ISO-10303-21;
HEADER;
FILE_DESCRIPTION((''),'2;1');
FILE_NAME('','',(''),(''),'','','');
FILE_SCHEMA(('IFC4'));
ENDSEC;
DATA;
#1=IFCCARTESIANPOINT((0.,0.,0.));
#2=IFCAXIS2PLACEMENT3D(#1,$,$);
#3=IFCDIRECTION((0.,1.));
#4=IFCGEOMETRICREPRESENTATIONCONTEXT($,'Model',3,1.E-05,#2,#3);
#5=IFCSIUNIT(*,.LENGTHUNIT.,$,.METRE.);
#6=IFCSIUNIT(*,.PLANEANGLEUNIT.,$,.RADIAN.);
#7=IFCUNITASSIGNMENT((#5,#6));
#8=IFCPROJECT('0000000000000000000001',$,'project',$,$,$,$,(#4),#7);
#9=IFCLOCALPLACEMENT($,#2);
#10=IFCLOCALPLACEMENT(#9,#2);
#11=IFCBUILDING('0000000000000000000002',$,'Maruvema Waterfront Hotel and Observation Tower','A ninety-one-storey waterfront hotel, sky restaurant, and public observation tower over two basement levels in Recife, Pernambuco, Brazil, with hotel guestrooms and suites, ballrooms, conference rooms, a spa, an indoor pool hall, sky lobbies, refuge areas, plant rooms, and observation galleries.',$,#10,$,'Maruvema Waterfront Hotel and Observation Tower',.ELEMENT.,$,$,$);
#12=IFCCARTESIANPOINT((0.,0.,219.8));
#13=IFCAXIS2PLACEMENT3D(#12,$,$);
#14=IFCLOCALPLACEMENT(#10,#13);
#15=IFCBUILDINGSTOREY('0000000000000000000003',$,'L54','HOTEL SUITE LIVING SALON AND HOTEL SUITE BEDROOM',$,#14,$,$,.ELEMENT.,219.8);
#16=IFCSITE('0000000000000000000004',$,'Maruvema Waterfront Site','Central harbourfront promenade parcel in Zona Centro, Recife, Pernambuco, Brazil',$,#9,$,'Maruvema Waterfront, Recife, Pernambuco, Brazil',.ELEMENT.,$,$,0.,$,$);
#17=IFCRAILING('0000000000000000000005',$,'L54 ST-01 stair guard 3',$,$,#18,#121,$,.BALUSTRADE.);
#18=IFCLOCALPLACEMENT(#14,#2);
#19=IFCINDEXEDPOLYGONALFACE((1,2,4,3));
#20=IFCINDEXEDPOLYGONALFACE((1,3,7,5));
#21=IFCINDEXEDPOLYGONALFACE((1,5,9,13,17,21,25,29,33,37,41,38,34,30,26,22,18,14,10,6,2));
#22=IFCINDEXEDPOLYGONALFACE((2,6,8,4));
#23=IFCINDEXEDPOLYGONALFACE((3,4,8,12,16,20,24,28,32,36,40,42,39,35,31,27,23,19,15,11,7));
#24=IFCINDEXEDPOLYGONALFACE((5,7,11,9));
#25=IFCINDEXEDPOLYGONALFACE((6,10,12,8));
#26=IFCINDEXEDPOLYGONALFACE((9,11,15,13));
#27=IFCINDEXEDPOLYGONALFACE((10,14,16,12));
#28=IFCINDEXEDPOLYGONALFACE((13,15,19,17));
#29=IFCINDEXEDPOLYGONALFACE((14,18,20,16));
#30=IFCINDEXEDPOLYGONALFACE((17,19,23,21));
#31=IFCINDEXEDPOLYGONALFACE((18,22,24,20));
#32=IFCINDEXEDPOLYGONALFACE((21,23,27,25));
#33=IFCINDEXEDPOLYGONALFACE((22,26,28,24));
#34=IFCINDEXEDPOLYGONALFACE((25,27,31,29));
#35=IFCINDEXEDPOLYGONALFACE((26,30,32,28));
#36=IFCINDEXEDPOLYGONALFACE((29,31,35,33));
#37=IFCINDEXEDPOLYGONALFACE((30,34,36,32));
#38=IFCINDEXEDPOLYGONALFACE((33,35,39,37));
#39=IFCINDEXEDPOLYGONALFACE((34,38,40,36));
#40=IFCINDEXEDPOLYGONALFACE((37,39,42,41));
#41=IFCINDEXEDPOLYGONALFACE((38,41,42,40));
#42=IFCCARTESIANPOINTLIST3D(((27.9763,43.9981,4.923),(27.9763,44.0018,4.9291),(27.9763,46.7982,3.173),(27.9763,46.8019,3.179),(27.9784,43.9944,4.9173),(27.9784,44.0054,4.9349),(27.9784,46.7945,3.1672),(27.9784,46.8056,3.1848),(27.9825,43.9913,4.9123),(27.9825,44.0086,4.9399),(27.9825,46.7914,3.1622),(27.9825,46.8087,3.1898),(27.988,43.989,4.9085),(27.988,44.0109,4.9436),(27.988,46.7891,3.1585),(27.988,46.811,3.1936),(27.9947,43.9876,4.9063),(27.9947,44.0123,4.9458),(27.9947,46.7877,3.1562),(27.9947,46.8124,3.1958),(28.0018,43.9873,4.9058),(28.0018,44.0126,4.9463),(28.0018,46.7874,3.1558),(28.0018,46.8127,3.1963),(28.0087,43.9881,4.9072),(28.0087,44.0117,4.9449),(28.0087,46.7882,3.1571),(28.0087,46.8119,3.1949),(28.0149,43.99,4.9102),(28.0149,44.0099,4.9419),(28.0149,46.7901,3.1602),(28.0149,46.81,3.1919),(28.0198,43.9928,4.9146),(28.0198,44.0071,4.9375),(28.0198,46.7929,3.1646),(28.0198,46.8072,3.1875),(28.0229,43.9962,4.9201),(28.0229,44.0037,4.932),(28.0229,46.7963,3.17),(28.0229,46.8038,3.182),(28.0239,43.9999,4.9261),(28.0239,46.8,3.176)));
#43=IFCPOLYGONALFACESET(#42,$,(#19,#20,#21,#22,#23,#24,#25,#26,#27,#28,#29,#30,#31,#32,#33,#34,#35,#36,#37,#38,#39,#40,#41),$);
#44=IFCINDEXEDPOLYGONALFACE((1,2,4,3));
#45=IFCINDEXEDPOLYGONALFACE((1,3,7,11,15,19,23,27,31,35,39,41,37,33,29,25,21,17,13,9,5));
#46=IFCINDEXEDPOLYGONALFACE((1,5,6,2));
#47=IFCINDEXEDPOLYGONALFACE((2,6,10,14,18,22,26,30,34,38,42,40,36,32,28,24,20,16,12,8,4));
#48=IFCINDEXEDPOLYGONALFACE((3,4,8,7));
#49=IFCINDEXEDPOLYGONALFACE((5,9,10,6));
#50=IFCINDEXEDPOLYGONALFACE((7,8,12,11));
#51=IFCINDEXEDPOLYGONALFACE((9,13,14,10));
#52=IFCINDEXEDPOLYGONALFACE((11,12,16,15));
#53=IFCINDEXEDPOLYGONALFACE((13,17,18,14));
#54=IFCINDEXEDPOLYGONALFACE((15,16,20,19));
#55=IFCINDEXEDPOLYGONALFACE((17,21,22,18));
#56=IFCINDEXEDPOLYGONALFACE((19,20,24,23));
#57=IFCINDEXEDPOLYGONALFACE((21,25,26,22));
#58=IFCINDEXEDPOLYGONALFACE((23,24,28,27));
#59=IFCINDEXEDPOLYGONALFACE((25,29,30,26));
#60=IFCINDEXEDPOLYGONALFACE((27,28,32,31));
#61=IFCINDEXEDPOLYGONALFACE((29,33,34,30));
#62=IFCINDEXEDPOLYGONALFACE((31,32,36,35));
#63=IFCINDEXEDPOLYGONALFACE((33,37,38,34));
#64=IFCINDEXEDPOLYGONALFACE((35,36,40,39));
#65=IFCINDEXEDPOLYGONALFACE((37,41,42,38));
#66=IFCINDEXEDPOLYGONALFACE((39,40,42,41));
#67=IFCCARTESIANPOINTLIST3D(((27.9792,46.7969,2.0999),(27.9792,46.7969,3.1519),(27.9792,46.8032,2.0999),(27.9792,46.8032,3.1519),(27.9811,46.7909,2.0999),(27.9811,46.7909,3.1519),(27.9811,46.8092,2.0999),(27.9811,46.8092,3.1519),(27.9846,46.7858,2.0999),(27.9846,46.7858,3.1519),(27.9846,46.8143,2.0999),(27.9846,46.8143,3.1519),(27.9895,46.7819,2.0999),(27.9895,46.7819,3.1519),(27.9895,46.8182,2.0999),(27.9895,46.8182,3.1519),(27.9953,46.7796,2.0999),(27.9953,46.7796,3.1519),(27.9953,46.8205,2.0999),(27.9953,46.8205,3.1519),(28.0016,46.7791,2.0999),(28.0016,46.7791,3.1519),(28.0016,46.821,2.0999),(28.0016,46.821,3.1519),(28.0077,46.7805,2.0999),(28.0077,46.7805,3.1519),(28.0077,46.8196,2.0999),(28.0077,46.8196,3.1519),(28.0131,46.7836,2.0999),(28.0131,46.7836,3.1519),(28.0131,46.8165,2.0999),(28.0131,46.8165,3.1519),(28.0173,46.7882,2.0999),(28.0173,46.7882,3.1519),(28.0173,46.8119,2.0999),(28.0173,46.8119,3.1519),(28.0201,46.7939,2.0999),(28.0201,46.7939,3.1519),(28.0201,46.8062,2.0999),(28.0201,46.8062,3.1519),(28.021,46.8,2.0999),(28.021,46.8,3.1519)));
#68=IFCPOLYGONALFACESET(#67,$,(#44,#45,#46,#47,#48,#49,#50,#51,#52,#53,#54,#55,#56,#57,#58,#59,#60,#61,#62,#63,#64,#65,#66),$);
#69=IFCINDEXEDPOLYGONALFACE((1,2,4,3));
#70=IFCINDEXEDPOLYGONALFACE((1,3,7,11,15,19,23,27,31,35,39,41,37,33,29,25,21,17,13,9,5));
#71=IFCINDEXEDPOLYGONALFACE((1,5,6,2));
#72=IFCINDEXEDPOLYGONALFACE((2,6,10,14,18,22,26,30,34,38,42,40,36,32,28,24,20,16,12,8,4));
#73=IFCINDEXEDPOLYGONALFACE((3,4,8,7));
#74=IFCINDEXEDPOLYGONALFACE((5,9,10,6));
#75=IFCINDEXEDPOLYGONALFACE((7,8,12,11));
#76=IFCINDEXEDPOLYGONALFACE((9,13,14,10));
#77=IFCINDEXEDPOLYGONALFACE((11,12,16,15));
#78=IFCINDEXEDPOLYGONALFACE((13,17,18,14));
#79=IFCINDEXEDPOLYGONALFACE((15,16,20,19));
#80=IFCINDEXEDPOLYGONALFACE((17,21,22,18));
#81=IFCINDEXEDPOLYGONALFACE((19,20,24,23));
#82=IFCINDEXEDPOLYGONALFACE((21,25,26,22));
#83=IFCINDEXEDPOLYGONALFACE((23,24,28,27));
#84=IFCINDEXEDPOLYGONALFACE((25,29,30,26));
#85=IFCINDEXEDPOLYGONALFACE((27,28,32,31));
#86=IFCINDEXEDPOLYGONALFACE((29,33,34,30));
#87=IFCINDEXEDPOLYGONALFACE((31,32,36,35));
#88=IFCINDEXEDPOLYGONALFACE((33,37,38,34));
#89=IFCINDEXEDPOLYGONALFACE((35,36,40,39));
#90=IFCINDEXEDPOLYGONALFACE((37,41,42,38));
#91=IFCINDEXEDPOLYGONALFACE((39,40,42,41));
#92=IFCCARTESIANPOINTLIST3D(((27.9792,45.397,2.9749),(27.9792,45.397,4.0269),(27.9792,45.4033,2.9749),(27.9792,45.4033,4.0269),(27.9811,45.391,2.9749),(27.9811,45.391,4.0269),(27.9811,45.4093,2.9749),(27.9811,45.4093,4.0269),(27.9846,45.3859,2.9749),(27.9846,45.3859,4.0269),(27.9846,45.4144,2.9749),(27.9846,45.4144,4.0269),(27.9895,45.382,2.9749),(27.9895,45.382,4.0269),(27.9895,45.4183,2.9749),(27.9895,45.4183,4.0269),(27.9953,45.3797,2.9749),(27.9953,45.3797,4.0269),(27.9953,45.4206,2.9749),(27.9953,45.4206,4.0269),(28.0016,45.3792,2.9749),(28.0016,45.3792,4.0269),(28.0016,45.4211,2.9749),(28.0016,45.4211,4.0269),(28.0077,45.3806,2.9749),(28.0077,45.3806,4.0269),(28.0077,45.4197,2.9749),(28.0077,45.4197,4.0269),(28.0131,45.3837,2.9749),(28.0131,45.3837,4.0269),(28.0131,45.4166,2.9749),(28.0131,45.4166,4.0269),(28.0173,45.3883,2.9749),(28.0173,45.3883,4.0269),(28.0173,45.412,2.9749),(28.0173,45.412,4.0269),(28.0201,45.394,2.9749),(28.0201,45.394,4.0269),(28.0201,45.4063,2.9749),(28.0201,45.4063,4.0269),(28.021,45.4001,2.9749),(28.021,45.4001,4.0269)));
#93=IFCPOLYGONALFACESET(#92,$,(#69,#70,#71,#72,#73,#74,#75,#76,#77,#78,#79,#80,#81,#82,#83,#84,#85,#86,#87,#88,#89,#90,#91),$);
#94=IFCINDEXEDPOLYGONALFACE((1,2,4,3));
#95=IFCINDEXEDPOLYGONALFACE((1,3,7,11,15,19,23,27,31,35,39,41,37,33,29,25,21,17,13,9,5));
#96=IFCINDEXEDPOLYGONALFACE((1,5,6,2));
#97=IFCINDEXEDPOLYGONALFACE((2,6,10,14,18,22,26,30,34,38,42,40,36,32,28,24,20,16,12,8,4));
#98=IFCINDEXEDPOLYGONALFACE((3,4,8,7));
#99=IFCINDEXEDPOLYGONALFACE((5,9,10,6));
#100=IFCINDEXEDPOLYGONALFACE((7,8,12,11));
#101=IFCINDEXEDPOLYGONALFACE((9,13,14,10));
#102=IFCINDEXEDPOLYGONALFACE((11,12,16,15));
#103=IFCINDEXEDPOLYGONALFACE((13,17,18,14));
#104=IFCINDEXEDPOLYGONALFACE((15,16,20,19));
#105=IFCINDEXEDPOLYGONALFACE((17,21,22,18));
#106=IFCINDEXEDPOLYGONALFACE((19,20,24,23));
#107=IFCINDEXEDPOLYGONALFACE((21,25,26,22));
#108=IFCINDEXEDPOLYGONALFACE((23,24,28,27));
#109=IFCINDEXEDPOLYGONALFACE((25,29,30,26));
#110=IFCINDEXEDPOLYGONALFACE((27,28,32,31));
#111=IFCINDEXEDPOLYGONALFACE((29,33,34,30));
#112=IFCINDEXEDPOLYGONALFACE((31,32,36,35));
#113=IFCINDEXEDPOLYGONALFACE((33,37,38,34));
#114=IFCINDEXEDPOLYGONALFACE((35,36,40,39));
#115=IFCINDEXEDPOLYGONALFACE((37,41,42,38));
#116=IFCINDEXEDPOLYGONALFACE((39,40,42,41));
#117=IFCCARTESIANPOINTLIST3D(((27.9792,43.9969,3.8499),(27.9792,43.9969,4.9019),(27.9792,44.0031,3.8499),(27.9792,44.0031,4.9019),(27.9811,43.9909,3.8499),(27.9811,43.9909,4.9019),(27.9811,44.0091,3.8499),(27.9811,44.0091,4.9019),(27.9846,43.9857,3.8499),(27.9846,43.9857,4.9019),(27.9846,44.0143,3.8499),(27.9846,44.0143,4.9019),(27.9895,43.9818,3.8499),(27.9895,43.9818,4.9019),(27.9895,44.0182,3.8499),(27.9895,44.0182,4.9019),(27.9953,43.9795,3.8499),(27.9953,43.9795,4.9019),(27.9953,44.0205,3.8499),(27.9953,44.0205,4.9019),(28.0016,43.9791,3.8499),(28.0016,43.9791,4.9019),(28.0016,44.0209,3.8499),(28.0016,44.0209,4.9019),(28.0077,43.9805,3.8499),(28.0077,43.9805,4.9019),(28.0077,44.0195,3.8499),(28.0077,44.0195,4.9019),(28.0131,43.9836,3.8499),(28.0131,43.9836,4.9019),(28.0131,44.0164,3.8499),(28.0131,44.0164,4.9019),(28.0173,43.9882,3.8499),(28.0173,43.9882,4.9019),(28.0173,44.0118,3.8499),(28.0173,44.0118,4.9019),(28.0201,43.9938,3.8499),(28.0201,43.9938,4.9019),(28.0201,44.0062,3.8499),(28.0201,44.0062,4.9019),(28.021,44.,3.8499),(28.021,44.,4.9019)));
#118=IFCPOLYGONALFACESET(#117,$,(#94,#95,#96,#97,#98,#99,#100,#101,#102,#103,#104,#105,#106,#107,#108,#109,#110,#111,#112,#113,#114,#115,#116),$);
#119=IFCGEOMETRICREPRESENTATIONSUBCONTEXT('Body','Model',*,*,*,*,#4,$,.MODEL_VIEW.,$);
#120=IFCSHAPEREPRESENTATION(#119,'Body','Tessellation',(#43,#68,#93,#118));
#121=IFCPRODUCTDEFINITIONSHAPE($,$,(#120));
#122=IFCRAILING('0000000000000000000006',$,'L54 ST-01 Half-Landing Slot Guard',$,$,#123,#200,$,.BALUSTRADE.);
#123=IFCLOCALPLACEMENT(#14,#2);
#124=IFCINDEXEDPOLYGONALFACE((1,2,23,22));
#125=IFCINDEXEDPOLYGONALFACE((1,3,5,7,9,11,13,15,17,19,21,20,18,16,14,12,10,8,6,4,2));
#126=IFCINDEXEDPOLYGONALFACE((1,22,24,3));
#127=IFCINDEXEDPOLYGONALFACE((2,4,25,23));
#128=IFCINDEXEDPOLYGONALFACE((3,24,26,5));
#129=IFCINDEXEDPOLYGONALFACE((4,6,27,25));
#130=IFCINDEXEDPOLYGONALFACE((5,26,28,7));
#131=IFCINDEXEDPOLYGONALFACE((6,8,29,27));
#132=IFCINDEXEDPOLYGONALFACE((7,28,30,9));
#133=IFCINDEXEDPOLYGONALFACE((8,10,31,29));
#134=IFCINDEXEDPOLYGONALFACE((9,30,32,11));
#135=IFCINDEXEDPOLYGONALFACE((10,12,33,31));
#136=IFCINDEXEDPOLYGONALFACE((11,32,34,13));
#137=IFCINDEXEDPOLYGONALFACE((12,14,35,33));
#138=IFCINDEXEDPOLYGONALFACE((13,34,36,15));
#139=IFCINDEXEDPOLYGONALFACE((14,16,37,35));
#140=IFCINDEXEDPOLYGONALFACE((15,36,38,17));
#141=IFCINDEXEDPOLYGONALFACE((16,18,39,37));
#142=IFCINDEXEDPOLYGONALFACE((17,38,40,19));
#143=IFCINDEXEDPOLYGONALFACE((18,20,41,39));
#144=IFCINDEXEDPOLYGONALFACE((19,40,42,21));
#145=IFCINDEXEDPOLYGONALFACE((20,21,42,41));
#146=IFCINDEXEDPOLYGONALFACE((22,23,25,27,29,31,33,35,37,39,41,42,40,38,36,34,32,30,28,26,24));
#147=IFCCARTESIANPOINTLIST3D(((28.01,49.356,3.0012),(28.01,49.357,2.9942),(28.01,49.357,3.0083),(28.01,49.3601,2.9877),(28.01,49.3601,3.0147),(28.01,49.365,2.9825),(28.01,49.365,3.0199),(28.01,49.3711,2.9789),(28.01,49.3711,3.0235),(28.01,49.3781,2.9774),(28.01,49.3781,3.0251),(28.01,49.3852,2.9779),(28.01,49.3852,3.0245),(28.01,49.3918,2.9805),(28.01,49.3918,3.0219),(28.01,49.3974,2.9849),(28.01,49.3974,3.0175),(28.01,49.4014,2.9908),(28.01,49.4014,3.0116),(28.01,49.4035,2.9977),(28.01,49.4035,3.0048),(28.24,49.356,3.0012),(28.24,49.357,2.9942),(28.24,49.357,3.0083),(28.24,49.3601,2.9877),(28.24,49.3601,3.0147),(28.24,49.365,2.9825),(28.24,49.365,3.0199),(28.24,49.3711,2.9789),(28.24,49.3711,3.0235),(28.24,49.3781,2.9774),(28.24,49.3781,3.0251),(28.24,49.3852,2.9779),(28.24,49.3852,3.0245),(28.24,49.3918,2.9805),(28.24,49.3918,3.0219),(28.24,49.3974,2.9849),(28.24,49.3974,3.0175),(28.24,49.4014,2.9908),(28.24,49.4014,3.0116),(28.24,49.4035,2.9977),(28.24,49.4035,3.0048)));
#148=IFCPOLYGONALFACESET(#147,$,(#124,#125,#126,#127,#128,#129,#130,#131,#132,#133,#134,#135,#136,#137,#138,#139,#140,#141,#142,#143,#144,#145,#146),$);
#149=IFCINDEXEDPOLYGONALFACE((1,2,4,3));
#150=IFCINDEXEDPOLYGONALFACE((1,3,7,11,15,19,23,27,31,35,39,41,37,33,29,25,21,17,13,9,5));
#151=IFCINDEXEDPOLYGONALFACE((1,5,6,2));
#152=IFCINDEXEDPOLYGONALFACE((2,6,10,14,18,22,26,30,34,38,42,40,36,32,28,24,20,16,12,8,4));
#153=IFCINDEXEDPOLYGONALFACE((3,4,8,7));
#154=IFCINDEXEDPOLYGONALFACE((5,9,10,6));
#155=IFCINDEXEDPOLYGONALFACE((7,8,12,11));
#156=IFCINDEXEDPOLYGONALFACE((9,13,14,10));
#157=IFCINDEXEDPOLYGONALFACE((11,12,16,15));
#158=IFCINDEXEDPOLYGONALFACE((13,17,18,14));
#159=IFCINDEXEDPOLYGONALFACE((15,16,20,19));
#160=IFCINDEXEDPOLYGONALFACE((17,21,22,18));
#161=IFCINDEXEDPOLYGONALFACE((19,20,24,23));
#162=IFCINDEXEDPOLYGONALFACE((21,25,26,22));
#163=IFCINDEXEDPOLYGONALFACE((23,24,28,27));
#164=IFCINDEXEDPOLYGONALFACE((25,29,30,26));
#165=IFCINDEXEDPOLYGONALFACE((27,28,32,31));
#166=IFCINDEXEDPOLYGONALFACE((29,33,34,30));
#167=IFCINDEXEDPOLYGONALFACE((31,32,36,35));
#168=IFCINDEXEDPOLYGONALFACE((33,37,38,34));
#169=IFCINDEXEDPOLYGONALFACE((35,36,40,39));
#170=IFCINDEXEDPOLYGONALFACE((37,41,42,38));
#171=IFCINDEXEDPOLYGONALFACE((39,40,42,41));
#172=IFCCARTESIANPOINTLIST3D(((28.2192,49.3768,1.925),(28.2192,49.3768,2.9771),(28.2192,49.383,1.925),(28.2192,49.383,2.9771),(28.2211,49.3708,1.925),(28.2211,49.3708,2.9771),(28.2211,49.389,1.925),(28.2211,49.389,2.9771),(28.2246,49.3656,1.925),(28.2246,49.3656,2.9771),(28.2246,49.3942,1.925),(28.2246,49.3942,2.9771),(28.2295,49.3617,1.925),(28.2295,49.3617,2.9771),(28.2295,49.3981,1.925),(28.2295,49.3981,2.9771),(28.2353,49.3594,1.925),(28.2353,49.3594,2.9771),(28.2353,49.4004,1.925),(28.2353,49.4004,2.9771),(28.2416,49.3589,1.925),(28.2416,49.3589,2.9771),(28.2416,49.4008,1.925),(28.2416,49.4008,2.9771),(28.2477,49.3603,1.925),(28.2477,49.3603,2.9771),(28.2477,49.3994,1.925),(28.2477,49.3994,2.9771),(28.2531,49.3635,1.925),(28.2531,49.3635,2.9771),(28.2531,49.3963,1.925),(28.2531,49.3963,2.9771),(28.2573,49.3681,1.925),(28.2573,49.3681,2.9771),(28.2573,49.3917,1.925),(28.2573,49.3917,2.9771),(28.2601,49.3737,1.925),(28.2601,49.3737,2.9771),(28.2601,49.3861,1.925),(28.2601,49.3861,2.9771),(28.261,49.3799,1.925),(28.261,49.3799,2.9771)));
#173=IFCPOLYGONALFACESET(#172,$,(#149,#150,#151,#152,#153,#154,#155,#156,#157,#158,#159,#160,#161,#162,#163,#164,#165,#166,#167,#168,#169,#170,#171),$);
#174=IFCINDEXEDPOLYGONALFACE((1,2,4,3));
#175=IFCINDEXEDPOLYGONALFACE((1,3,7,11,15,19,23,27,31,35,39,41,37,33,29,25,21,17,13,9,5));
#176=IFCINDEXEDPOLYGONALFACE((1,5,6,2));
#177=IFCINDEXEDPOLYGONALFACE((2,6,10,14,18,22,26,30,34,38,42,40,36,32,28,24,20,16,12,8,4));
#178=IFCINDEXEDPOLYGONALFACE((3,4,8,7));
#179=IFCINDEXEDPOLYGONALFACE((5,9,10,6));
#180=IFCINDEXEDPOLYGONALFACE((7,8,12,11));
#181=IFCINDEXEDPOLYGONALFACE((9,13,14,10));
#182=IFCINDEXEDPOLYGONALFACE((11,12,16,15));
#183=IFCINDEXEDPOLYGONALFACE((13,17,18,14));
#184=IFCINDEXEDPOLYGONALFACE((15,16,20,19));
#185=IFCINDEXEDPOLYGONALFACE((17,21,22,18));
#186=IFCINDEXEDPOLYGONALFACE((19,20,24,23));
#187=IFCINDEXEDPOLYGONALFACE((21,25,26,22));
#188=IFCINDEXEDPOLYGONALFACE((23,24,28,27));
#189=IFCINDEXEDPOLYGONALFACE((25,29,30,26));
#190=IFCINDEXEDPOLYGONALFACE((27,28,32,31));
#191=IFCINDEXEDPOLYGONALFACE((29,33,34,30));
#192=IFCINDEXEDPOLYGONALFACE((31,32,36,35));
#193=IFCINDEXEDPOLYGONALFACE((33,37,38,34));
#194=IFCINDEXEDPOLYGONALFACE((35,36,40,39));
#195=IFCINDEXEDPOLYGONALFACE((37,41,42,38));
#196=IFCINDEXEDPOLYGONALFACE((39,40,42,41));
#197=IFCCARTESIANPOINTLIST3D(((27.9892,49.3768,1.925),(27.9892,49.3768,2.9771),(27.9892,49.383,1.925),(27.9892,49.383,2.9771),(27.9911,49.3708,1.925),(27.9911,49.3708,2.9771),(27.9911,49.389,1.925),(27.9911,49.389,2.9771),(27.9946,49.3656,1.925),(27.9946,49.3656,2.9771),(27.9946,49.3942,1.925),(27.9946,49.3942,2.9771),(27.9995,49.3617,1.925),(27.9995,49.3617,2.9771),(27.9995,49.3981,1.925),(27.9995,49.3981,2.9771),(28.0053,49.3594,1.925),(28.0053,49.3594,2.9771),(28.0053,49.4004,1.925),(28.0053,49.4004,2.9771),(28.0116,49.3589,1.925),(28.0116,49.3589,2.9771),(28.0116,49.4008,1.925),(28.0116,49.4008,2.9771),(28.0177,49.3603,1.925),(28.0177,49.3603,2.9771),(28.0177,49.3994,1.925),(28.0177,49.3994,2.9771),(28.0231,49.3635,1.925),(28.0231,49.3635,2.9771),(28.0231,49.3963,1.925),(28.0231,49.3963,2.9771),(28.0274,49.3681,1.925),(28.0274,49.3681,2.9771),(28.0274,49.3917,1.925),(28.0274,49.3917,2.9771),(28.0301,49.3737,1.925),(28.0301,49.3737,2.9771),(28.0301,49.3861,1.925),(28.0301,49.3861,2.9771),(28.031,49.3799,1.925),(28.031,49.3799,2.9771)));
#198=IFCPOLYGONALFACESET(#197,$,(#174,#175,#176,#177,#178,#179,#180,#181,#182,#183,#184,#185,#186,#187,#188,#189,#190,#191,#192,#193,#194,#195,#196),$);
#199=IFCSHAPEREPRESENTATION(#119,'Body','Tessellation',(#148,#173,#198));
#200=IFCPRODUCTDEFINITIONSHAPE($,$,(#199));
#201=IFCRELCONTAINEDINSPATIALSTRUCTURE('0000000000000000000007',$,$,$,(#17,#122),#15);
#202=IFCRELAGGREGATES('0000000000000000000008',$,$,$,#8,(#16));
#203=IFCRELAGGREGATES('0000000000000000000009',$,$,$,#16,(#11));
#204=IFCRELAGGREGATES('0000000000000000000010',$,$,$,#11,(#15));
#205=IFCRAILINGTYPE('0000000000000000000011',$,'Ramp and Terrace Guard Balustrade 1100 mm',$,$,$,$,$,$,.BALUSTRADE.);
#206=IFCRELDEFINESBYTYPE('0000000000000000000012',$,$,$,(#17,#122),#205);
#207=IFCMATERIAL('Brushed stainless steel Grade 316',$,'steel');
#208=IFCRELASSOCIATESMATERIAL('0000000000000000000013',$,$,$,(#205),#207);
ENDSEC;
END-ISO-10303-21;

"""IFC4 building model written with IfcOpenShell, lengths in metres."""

from ifc_helpers import new_model, si_unit, direction, frame, origin, origin_2d, place, context, subcontext, project, spatial, circle, extrude, material, type_object, element, save


model = new_model("IFC4")

# Units and contexts
model_context = context("Model", 3, precision=1e-05, world=origin(), true_north=direction((0.0, 1.0)))
body_context = subcontext(model_context, "Body", "Model", "MODEL_VIEW")
ifc_project = project(units=[si_unit("LENGTHUNIT", "METRE"), si_unit("PLANEANGLEUNIT", "RADIAN")], contexts=[model_context])

# Site, building, storey
site_placement = place(None, origin())
site = spatial("IfcSite", under=ifc_project, at=site_placement, Name="Maruvema Waterfront Site", Description="Central harbourfront promenade parcel in Zona Centro, Recife, Pernambuco, Brazil", LongName="Maruvema Waterfront, Recife, Pernambuco, Brazil", CompositionType="ELEMENT", RefElevation=0.0)
building_placement = place(site_placement, origin())
building = spatial("IfcBuilding", under=site, at=building_placement, Name="Maruvema Waterfront Hotel and Observation Tower", Description="A ninety-one-storey waterfront hotel, sky restaurant, and public observation tower over two basement levels in Recife, Pernambuco, Brazil, with hotel guestrooms and suites, ballrooms, conference rooms, a spa, an indoor pool hall, sky lobbies, refuge areas, plant rooms, and observation galleries.", LongName="Maruvema Waterfront Hotel and Observation Tower", CompositionType="ELEMENT")
storey_placement = place(building_placement, frame((0.0, 0.0, 219.8)))
storey = spatial("IfcBuildingStorey", under=building, at=storey_placement, Name="L54", Description="HOTEL SUITE LIVING SALON AND HOTEL SUITE BEDROOM", CompositionType="ELEMENT", Elevation=219.8)

# Railings
ifc_material_1 = material(Name="Brushed stainless steel Grade 316", Category="steel")
railing_type_1 = type_object("IfcRailingType", Name="Ramp and Terrace Guard Balustrade 1100 mm", PredefinedType="BALUSTRADE", material=ifc_material_1)
railing_1_placement = place(storey_placement, frame((28.0, 46.8, 2.0999)))
element("IfcRailing", 1, at=railing_1_placement, inside=storey, type_object=railing_type_1, Name="L54 ST-01 stair guard 3", PredefinedType="BALUSTRADE", context=body_context, shape_type="SweptSolid", body=[
    extrude(circle(Radius=0.0239, at=origin_2d()), frame((0.0, 0.0, 1.0762), z_axis=(0.0, -0.848002, 0.529992), x_axis=(1.0, 0.0, 0.0)), (0.0, 0.0, 1.0), 3.302),
    extrude(circle(Radius=0.021, at=origin_2d()), origin(), (0.0, 0.0, 1.0), 1.052),
    extrude(circle(Radius=0.021, at=origin_2d()), frame((0.0, -1.3999, 0.875)), (0.0, 0.0, 1.0), 1.052),
    extrude(circle(Radius=0.021, at=origin_2d()), frame((0.0, -2.8, 1.75)), (0.0, 0.0, 1.0), 1.052),
])
railing_2_placement = place(storey_placement, frame((28.24, 49.3799, 1.925)))
element("IfcRailing", 2, at=railing_2_placement, inside=storey, type_object=railing_type_1, Name="L54 ST-01 Half-Landing Slot Guard", PredefinedType="BALUSTRADE", context=body_context, shape_type="SweptSolid", body=[
    extrude(circle(Radius=0.0239, at=origin_2d()), frame((0.0, 0.0, 1.0762), z_axis=(-1.0, 0.0, 0.0), x_axis=(0.0, -1.0, 0.0)), (0.0, 0.0, 1.0), 0.23),
    extrude(circle(Radius=0.021, at=origin_2d()), origin(), (0.0, 0.0, 1.0), 1.052),
    extrude(circle(Radius=0.021, at=origin_2d()), frame((-0.23, 0.0, 0.0)), (0.0, 0.0, 1.0), 1.052),
])

save(model, "model.ifc")
